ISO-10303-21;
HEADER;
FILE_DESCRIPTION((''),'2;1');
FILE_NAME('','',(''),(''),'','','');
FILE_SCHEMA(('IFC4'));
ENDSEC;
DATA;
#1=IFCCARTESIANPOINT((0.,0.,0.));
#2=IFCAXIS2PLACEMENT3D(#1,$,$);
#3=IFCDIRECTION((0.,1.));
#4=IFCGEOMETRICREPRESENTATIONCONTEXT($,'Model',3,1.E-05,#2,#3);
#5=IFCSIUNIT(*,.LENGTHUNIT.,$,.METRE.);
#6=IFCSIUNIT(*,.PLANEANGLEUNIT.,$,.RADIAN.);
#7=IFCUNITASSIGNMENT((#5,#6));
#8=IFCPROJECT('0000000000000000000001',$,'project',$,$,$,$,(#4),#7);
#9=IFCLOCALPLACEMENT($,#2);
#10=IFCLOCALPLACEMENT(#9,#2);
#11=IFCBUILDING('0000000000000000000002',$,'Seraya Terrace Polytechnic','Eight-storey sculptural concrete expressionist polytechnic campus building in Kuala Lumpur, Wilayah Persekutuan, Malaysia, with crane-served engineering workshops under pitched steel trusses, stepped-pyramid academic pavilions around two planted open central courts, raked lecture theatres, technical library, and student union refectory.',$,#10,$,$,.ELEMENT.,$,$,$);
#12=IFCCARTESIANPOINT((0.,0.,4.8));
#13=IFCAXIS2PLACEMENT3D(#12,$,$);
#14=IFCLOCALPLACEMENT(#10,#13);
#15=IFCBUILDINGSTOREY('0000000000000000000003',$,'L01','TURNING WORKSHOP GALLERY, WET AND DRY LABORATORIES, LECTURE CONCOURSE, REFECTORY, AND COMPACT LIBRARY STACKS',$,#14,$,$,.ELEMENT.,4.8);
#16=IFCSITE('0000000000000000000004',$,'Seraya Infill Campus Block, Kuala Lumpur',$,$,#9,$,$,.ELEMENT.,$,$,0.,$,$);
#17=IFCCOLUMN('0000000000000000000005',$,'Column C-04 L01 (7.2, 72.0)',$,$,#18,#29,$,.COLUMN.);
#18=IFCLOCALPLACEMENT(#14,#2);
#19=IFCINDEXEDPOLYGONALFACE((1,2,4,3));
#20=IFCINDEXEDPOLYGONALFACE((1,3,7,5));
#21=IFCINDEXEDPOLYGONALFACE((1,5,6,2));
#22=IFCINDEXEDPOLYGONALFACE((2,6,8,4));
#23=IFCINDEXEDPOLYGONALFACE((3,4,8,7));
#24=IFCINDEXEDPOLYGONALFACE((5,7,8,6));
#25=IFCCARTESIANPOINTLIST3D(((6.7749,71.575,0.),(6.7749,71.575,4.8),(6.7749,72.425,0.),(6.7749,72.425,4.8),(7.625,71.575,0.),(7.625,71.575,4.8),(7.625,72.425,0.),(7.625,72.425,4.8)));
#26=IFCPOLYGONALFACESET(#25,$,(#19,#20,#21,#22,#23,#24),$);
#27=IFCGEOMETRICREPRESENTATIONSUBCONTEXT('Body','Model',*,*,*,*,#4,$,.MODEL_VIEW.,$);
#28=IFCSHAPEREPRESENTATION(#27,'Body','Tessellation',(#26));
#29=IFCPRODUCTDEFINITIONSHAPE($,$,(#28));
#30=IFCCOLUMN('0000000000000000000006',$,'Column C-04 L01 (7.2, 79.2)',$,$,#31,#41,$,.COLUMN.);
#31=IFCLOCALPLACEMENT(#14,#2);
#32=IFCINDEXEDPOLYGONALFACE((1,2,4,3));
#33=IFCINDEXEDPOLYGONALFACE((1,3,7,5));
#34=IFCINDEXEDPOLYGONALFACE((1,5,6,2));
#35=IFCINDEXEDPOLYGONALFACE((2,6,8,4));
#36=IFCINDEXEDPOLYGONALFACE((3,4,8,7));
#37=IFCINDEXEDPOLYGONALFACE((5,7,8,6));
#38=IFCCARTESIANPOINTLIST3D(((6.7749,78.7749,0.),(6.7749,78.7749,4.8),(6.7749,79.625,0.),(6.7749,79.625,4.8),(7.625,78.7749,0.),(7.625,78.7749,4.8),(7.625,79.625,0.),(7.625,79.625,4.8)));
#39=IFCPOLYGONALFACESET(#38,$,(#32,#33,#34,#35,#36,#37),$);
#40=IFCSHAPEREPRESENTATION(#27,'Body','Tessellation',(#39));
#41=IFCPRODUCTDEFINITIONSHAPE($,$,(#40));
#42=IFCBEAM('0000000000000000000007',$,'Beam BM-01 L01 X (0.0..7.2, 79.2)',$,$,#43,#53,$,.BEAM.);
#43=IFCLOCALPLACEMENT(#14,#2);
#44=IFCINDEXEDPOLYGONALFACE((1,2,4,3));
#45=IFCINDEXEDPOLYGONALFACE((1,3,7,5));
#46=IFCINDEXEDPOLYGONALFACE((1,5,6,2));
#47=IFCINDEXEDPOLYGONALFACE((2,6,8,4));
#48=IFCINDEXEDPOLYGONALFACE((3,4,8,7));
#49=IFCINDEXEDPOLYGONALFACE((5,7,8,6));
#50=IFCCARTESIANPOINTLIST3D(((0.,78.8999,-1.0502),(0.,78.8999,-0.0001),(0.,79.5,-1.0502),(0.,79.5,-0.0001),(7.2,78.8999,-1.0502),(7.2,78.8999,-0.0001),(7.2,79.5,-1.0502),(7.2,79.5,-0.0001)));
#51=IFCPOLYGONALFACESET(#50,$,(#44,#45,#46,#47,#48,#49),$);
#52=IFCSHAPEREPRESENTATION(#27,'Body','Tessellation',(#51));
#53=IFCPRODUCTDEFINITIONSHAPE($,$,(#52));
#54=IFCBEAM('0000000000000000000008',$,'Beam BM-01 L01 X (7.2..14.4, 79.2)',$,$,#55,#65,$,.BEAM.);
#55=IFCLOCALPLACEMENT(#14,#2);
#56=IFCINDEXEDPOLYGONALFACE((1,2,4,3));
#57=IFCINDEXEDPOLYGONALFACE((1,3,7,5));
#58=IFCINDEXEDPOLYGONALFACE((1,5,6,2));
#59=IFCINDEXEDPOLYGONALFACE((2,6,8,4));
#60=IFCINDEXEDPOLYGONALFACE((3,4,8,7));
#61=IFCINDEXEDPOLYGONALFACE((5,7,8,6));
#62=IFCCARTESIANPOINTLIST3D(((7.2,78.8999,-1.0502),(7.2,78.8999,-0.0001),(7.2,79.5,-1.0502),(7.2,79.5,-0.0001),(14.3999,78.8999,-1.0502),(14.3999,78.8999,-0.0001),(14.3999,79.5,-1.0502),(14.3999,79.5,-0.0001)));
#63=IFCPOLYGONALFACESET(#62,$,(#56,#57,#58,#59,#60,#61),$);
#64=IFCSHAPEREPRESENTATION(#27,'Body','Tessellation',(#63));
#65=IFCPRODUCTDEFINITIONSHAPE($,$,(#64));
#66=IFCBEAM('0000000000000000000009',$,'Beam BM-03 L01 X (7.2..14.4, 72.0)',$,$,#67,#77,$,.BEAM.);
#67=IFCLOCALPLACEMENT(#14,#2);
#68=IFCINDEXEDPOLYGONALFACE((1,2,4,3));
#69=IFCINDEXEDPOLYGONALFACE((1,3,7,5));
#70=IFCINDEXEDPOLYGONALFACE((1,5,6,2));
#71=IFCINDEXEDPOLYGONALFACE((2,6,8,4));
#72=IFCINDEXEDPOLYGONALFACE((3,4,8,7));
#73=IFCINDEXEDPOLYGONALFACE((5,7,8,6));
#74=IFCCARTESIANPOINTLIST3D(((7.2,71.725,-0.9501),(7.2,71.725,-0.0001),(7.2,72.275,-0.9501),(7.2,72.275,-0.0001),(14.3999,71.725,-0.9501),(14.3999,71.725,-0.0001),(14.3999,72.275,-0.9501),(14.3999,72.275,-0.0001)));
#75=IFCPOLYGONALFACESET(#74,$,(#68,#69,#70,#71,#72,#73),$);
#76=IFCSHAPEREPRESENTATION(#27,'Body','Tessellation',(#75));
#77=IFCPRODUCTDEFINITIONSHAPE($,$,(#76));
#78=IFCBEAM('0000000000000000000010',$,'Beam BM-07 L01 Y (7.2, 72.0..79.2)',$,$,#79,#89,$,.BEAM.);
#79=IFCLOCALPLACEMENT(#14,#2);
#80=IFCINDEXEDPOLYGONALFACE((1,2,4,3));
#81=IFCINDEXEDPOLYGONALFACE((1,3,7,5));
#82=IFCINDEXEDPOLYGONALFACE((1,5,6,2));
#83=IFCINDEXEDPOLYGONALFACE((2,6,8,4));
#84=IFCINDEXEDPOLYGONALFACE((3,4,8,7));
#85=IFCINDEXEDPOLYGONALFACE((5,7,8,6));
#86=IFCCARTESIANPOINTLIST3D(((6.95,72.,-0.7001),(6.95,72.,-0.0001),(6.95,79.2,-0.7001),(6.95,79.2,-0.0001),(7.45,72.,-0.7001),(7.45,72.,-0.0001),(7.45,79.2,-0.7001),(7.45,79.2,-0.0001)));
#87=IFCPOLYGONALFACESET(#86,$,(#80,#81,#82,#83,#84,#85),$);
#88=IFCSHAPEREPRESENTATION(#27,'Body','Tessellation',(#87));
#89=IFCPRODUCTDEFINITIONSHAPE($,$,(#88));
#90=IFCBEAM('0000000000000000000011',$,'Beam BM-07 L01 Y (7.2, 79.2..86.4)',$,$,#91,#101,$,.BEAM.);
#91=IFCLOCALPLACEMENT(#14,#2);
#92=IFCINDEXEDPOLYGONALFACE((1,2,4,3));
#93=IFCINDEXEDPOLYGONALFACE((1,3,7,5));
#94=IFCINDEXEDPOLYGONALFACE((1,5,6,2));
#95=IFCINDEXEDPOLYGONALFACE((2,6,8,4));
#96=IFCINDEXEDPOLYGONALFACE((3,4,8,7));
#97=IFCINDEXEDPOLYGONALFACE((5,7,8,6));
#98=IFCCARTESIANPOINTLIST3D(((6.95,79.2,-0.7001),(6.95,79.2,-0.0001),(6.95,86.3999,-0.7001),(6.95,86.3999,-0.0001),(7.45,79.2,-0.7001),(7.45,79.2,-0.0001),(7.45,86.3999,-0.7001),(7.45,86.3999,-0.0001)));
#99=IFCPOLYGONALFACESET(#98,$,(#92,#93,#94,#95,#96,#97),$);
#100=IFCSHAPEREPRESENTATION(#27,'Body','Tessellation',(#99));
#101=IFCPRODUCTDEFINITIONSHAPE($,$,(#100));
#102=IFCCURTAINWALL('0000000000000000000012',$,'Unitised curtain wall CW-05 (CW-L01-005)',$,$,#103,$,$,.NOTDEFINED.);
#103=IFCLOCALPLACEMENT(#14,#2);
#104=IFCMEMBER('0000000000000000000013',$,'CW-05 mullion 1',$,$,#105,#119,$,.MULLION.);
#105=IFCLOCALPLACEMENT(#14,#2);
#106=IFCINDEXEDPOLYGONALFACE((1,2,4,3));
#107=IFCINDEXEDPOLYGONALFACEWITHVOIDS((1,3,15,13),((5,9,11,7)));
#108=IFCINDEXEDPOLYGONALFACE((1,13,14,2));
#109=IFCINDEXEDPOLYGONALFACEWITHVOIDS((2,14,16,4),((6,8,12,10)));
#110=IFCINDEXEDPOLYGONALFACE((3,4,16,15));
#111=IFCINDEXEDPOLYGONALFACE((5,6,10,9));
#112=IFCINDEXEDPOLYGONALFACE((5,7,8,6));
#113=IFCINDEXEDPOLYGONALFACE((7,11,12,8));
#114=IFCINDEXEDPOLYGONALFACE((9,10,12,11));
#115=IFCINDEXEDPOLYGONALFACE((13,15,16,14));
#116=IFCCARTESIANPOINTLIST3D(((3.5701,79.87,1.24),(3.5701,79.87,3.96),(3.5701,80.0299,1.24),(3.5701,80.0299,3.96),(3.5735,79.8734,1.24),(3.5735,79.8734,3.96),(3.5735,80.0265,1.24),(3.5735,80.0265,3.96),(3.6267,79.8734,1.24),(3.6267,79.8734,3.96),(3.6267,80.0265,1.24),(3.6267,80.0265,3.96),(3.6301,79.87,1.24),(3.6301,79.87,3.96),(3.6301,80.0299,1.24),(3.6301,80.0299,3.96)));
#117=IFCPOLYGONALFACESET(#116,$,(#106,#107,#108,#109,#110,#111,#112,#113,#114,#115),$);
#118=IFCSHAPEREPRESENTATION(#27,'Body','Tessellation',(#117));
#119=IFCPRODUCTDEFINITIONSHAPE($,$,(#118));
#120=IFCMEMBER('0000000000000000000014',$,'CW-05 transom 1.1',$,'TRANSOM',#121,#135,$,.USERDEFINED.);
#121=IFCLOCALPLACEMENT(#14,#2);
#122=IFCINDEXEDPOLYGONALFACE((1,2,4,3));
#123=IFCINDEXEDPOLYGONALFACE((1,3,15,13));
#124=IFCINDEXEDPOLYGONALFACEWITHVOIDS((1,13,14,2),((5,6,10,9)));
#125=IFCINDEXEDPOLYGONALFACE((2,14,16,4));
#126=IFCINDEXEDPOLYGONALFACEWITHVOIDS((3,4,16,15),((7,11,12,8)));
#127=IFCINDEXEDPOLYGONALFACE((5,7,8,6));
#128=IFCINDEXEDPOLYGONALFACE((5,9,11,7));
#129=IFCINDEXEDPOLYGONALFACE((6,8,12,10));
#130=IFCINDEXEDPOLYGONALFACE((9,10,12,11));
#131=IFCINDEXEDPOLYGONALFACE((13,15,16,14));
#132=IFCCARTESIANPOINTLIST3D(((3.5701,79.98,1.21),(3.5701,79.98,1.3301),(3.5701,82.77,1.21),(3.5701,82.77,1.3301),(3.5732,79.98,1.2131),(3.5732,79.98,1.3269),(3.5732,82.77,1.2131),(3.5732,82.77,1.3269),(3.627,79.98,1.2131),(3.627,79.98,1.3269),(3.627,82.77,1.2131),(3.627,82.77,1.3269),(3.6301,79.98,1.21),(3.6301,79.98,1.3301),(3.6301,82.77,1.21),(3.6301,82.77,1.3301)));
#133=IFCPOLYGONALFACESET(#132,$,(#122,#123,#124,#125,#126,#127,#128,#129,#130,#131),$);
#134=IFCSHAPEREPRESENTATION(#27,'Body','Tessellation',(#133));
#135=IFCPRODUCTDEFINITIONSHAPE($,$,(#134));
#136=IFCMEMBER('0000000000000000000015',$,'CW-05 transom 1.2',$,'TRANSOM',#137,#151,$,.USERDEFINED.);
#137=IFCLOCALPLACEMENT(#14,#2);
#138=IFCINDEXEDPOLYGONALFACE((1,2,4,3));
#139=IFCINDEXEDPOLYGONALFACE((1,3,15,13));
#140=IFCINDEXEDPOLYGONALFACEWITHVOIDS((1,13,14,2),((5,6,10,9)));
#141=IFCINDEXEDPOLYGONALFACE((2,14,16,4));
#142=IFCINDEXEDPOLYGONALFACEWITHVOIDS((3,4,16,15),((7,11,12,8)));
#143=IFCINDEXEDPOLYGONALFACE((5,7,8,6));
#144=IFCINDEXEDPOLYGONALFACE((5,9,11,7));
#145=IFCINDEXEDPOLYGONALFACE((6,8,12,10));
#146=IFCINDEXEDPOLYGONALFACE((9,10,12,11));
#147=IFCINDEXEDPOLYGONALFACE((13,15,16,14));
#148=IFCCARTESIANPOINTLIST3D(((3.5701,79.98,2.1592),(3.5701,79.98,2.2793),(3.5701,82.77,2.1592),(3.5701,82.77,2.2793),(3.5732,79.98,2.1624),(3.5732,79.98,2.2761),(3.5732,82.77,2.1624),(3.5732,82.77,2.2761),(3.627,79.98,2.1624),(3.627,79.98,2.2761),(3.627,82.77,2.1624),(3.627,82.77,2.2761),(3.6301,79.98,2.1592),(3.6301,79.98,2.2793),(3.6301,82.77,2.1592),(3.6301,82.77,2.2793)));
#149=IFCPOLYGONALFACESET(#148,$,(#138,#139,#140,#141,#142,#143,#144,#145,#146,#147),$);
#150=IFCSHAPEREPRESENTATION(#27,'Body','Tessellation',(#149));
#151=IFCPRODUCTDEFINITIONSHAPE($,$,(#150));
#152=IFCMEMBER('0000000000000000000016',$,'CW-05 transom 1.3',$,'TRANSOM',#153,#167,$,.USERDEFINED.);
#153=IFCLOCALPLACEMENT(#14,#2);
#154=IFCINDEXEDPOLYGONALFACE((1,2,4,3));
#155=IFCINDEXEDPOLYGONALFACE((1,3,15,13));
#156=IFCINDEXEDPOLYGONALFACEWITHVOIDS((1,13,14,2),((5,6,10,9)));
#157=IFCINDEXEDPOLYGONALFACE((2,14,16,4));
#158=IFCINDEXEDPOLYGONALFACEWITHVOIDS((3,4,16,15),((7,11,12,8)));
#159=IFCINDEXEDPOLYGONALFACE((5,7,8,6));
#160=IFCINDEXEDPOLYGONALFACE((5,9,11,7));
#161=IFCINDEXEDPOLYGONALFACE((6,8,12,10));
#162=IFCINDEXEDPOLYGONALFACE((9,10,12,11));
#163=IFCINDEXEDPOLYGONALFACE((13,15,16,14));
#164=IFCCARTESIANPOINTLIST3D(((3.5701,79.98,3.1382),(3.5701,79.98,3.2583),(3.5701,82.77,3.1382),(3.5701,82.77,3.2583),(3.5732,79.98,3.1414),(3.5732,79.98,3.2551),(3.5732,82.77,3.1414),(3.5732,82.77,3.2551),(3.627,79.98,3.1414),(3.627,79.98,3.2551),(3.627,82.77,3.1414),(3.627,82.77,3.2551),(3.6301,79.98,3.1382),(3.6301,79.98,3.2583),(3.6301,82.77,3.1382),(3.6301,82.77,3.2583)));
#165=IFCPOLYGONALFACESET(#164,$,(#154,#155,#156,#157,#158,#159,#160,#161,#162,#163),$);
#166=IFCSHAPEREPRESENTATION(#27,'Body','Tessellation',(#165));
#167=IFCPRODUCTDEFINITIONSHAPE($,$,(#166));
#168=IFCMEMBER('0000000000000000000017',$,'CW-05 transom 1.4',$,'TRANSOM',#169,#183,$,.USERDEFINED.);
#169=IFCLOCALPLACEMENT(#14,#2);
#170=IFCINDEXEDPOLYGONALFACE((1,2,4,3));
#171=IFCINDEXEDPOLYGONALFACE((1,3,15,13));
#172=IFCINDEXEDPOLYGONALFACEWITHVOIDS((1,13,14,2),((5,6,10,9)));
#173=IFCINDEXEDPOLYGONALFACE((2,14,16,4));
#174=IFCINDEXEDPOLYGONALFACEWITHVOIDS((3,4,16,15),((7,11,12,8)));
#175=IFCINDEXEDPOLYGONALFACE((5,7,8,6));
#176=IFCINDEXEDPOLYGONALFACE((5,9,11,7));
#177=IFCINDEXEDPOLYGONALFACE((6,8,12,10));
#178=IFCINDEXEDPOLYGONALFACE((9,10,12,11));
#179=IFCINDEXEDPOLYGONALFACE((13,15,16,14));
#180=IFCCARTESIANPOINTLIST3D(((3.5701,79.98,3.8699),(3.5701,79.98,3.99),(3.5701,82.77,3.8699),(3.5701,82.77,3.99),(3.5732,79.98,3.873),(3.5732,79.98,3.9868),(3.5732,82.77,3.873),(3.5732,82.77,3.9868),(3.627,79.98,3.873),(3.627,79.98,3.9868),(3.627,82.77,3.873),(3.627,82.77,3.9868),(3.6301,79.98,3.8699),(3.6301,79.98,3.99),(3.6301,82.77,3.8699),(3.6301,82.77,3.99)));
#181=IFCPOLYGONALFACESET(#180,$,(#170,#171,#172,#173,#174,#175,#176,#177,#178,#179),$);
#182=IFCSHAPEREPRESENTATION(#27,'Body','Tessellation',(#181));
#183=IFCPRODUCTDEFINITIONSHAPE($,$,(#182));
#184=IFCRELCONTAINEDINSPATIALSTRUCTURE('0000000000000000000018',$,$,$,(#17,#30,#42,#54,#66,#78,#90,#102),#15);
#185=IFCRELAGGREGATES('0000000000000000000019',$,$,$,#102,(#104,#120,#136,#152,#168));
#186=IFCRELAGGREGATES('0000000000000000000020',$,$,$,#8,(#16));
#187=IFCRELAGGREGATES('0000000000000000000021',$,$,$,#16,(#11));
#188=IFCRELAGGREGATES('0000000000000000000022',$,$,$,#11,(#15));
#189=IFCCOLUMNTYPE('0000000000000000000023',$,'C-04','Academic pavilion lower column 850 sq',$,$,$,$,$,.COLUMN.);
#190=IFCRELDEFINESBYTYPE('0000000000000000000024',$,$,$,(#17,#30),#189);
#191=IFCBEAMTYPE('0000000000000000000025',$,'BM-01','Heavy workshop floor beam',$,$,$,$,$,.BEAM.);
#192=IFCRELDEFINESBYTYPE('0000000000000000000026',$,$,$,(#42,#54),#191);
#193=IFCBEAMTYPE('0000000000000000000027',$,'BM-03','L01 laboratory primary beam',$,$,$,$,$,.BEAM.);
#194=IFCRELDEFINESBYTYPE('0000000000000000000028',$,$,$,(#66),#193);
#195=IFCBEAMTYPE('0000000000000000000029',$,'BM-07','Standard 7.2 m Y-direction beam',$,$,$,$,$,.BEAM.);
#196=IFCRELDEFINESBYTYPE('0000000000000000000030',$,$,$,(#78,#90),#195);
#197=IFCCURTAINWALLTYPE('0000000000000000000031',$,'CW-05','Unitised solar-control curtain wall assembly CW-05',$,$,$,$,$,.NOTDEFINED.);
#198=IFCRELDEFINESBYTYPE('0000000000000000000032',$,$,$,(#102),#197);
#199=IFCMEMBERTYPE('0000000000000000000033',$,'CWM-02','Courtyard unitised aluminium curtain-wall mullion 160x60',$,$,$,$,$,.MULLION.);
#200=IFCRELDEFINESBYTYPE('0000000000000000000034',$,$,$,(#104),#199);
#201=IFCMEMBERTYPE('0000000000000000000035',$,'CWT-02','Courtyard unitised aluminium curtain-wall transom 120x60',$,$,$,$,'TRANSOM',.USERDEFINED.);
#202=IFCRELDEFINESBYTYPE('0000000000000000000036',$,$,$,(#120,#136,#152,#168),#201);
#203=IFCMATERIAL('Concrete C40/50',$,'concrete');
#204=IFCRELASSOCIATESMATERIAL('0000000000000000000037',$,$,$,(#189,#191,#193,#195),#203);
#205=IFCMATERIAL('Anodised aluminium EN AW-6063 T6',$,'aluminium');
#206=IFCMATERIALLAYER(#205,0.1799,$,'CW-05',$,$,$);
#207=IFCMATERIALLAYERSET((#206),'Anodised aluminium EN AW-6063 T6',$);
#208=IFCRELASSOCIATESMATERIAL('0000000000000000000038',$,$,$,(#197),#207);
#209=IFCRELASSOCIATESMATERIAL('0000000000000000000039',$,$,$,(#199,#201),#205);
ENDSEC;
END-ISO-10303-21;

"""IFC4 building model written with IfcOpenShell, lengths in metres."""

from ifc_helpers import new_model, si_unit, direction, frame, origin, origin_2d, place, context, subcontext, project, spatial, rectangle, hollow_rectangle, extrude, material, layer, layer_set, material_profile, profile_set, type_object, element, aggregate, save


model = new_model("IFC4")

# Units and contexts
model_context = context("Model", 3, precision=1e-05, world=origin(), true_north=direction((0.0, 1.0)))
body_context = subcontext(model_context, "Body", "Model", "MODEL_VIEW")
ifc_project = project(units=[si_unit("LENGTHUNIT", "METRE"), si_unit("PLANEANGLEUNIT", "RADIAN")], contexts=[model_context])

# Site, building, storey
site_placement = place(None, origin())
site = spatial("IfcSite", under=ifc_project, at=site_placement, Name="Seraya Infill Campus Block, Kuala Lumpur", CompositionType="ELEMENT", RefElevation=0.0)
building_placement = place(site_placement, origin())
building = spatial("IfcBuilding", under=site, at=building_placement, Name="Seraya Terrace Polytechnic", Description="Eight-storey sculptural concrete expressionist polytechnic campus building in Kuala Lumpur, Wilayah Persekutuan, Malaysia, with crane-served engineering workshops under pitched steel trusses, stepped-pyramid academic pavilions around two planted open central courts, raked lecture theatres, technical library, and student union refectory.", CompositionType="ELEMENT")
storey_placement = place(building_placement, frame((0.0, 0.0, 4.8)))
storey = spatial("IfcBuildingStorey", under=building, at=storey_placement, Name="L01", Description="TURNING WORKSHOP GALLERY, WET AND DRY LABORATORIES, LECTURE CONCOURSE, REFECTORY, AND COMPACT LIBRARY STACKS", CompositionType="ELEMENT", Elevation=4.8)

# Columns
ifc_material_1 = material(Name="Concrete C40/50", Category="concrete")
ifc_material_profile_1 = material_profile(ifc_material_1, rectangle(XDim=0.8501, YDim=0.8501, at=origin_2d()), Name="RC 850x850")
ifc_profile_set_1 = profile_set([ifc_material_profile_1], Name="Concrete C40/50")
column_type = type_object("IfcColumnType", Name="C-04", Description="Academic pavilion lower column 850 sq", PredefinedType="COLUMN", material=ifc_profile_set_1)
for number, where, z_axis, x_axis, name in (
    (1, (7.2, 72.0, 0.0), (0.0, 0.0, 1.0), (1.0, 0.0, 0.0), "Column C-04 L01 (7.2, 72.0)"),
    (2, (7.2, 79.2, 0.0), (0.0, 0.0, 1.0), (1.0, 0.0, 0.0), "Column C-04 L01 (7.2, 79.2)"),
):
    element("IfcColumn", number, at=place(storey_placement, frame(where, z_axis=z_axis, x_axis=x_axis)), inside=storey, type_object=column_type, Name=name, PredefinedType="COLUMN", context=body_context, shape_type="SweptSolid", body=[
        extrude(rectangle(XDim=0.8501, YDim=0.8501, at=origin_2d()), origin(), (0.0, 0.0, 1.0), 4.8),
    ])

# Beams
ifc_material_profile_2 = material_profile(ifc_material_1, rectangle(XDim=0.6001, YDim=1.05, at=origin_2d()), Name="RC 600x1050")
ifc_profile_set_2 = profile_set([ifc_material_profile_2], Name="Concrete C40/50")
beam_type_1 = type_object("IfcBeamType", Name="BM-01", Description="Heavy workshop floor beam", PredefinedType="BEAM", material=ifc_profile_set_2)
for number, where, z_axis, x_axis, name in (
    (3, (0.0, 79.2, -0.5251), (1.0, 0.0, 0.0), (0.0, 1.0, 0.0), "Beam BM-01 L01 X (0.0..7.2, 79.2)"),
    (4, (7.2, 79.2, -0.5251), (1.0, 0.0, 0.0), (0.0, 1.0, 0.0), "Beam BM-01 L01 X (7.2..14.4, 79.2)"),
):
    element("IfcBeam", number, at=place(storey_placement, frame(where, z_axis=z_axis, x_axis=x_axis)), inside=storey, type_object=beam_type_1, Name=name, PredefinedType="BEAM", context=body_context, shape_type="SweptSolid", body=[
        extrude(rectangle(XDim=0.6001, YDim=1.05, at=origin_2d()), origin(), (0.0, 0.0, 1.0), 7.2),
    ])
ifc_material_profile_3 = material_profile(ifc_material_1, rectangle(XDim=0.55, YDim=0.95, at=origin_2d()), Name="RC 550x950")
ifc_profile_set_3 = profile_set([ifc_material_profile_3], Name="Concrete C40/50")
beam_type_2 = type_object("IfcBeamType", Name="BM-03", Description="L01 laboratory primary beam", PredefinedType="BEAM", material=ifc_profile_set_3)
beam_1_placement = place(storey_placement, frame((7.2, 72.0, -0.4751), z_axis=(1.0, 0.0, 0.0), x_axis=(0.0, 1.0, 0.0)))
element("IfcBeam", 5, at=beam_1_placement, inside=storey, type_object=beam_type_2, Name="Beam BM-03 L01 X (7.2..14.4, 72.0)", PredefinedType="BEAM", context=body_context, shape_type="SweptSolid", body=[
    extrude(rectangle(XDim=0.55, YDim=0.95, at=origin_2d()), origin(), (0.0, 0.0, 1.0), 7.2),
])
ifc_material_profile_4 = material_profile(ifc_material_1, rectangle(XDim=0.5, YDim=0.7, at=origin_2d()), Name="RC 500x700")
ifc_profile_set_4 = profile_set([ifc_material_profile_4], Name="Concrete C40/50")
beam_type_3 = type_object("IfcBeamType", Name="BM-07", Description="Standard 7.2 m Y-direction beam", PredefinedType="BEAM", material=ifc_profile_set_4)
for number, where, z_axis, x_axis, name in (
    (6, (7.2, 72.0, -0.3501), (0.0, 1.0, 0.0), (-1.0, 0.0, 0.0), "Beam BM-07 L01 Y (7.2, 72.0..79.2)"),
    (7, (7.2, 79.2, -0.3501), (0.0, 1.0, 0.0), (-1.0, 0.0, 0.0), "Beam BM-07 L01 Y (7.2, 79.2..86.4)"),
):
    element("IfcBeam", number, at=place(storey_placement, frame(where, z_axis=z_axis, x_axis=x_axis)), inside=storey, type_object=beam_type_3, Name=name, PredefinedType="BEAM", context=body_context, shape_type="SweptSolid", body=[
        extrude(rectangle(XDim=0.5, YDim=0.7, at=origin_2d()), origin(), (0.0, 0.0, 1.0), 7.2),
    ])

# Curtain wall, members
ifc_material_2 = material(Name="Anodised aluminium EN AW-6063 T6", Category="aluminium")
ifc_layer_1 = layer(ifc_material_2, 0.1799, Name="CW-05")
ifc_layer_set_1 = layer_set([ifc_layer_1], Name="Anodised aluminium EN AW-6063 T6")
curtain_wall_type = type_object("IfcCurtainWallType", Name="CW-05", Description="Unitised solar-control curtain wall assembly CW-05", PredefinedType="NOTDEFINED", material=ifc_layer_set_1)
curtain_wall_placement = place(storey_placement, origin())
curtain_wall = element("IfcCurtainWall", 8, at=curtain_wall_placement, inside=storey, type_object=curtain_wall_type, Name="Unitised curtain wall CW-05 (CW-L01-005)", PredefinedType="NOTDEFINED")
ifc_material_profile_5 = material_profile(ifc_material_2, hollow_rectangle(XDim=0.0601, YDim=0.1599, WallThickness=0.0034, at=origin_2d()), Name="RHS 160x60x3.5")
ifc_profile_set_5 = profile_set([ifc_material_profile_5], Name="Anodised aluminium EN AW-6063 T6")
member_type_1 = type_object("IfcMemberType", Name="CWM-02", Description="Courtyard unitised aluminium curtain-wall mullion 160x60", PredefinedType="MULLION", material=ifc_profile_set_5)
member_1_placement = place(storey_placement, frame((3.6001, 79.95, 1.24), z_axis=(0.0, 0.0, 1.0), x_axis=(-1.0, 0.0, 0.0)))
member_1 = element("IfcMember", 9, at=member_1_placement, type_object=member_type_1, Name="CW-05 mullion 1", PredefinedType="MULLION", context=body_context, shape_type="SweptSolid", body=[
    extrude(hollow_rectangle(XDim=0.0601, YDim=0.1599, WallThickness=0.0034, at=origin_2d()), origin(), (0.0, 0.0, 1.0), 2.72),
])
ifc_material_profile_6 = material_profile(ifc_material_2, hollow_rectangle(XDim=0.0601, YDim=0.1201, WallThickness=0.0032, at=origin_2d()), Name="RHS 120x60x3.2")
ifc_profile_set_6 = profile_set([ifc_material_profile_6], Name="Anodised aluminium EN AW-6063 T6")
member_type_2 = type_object("IfcMemberType", Name="CWT-02", Description="Courtyard unitised aluminium curtain-wall transom 120x60", ElementType="TRANSOM", PredefinedType="USERDEFINED", material=ifc_profile_set_6)
member_2_placement = place(storey_placement, frame((3.6001, 79.98, 1.27), z_axis=(0.0, 1.0, 0.0), x_axis=(-1.0, 0.0, 0.0)))
member_2 = element("IfcMember", 10, at=member_2_placement, type_object=member_type_2, Name="CW-05 transom 1.1", ObjectType="TRANSOM", PredefinedType="USERDEFINED", context=body_context, shape_type="SweptSolid", body=[
    extrude(hollow_rectangle(XDim=0.0601, YDim=0.1201, WallThickness=0.0032, at=origin_2d()), origin(), (0.0, 0.0, 1.0), 2.79),
])
member_3_placement = place(storey_placement, frame((3.6001, 79.98, 2.2192), z_axis=(0.0, 1.0, 0.0), x_axis=(-1.0, 0.0, 0.0)))
member_3 = element("IfcMember", 11, at=member_3_placement, type_object=member_type_2, Name="CW-05 transom 1.2", ObjectType="TRANSOM", PredefinedType="USERDEFINED", context=body_context, shape_type="SweptSolid", body=[
    extrude(hollow_rectangle(XDim=0.0601, YDim=0.1201, WallThickness=0.0032, at=origin_2d()), origin(), (0.0, 0.0, 1.0), 2.79),
])
member_4_placement = place(storey_placement, frame((3.6001, 79.98, 3.1982), z_axis=(0.0, 1.0, 0.0), x_axis=(-1.0, 0.0, 0.0)))
member_4 = element("IfcMember", 12, at=member_4_placement, type_object=member_type_2, Name="CW-05 transom 1.3", ObjectType="TRANSOM", PredefinedType="USERDEFINED", context=body_context, shape_type="SweptSolid", body=[
    extrude(hollow_rectangle(XDim=0.0601, YDim=0.1201, WallThickness=0.0032, at=origin_2d()), origin(), (0.0, 0.0, 1.0), 2.79),
])
member_5_placement = place(storey_placement, frame((3.6001, 79.98, 3.9299), z_axis=(0.0, 1.0, 0.0), x_axis=(-1.0, 0.0, 0.0)))
member_5 = element("IfcMember", 13, at=member_5_placement, type_object=member_type_2, Name="CW-05 transom 1.4", ObjectType="TRANSOM", PredefinedType="USERDEFINED", context=body_context, shape_type="SweptSolid", body=[
    extrude(hollow_rectangle(XDim=0.0601, YDim=0.1201, WallThickness=0.0032, at=origin_2d()), origin(), (0.0, 0.0, 1.0), 2.79),
])
aggregate(curtain_wall, [member_1, member_2, member_3, member_4, member_5])

save(model, "model.ifc")
